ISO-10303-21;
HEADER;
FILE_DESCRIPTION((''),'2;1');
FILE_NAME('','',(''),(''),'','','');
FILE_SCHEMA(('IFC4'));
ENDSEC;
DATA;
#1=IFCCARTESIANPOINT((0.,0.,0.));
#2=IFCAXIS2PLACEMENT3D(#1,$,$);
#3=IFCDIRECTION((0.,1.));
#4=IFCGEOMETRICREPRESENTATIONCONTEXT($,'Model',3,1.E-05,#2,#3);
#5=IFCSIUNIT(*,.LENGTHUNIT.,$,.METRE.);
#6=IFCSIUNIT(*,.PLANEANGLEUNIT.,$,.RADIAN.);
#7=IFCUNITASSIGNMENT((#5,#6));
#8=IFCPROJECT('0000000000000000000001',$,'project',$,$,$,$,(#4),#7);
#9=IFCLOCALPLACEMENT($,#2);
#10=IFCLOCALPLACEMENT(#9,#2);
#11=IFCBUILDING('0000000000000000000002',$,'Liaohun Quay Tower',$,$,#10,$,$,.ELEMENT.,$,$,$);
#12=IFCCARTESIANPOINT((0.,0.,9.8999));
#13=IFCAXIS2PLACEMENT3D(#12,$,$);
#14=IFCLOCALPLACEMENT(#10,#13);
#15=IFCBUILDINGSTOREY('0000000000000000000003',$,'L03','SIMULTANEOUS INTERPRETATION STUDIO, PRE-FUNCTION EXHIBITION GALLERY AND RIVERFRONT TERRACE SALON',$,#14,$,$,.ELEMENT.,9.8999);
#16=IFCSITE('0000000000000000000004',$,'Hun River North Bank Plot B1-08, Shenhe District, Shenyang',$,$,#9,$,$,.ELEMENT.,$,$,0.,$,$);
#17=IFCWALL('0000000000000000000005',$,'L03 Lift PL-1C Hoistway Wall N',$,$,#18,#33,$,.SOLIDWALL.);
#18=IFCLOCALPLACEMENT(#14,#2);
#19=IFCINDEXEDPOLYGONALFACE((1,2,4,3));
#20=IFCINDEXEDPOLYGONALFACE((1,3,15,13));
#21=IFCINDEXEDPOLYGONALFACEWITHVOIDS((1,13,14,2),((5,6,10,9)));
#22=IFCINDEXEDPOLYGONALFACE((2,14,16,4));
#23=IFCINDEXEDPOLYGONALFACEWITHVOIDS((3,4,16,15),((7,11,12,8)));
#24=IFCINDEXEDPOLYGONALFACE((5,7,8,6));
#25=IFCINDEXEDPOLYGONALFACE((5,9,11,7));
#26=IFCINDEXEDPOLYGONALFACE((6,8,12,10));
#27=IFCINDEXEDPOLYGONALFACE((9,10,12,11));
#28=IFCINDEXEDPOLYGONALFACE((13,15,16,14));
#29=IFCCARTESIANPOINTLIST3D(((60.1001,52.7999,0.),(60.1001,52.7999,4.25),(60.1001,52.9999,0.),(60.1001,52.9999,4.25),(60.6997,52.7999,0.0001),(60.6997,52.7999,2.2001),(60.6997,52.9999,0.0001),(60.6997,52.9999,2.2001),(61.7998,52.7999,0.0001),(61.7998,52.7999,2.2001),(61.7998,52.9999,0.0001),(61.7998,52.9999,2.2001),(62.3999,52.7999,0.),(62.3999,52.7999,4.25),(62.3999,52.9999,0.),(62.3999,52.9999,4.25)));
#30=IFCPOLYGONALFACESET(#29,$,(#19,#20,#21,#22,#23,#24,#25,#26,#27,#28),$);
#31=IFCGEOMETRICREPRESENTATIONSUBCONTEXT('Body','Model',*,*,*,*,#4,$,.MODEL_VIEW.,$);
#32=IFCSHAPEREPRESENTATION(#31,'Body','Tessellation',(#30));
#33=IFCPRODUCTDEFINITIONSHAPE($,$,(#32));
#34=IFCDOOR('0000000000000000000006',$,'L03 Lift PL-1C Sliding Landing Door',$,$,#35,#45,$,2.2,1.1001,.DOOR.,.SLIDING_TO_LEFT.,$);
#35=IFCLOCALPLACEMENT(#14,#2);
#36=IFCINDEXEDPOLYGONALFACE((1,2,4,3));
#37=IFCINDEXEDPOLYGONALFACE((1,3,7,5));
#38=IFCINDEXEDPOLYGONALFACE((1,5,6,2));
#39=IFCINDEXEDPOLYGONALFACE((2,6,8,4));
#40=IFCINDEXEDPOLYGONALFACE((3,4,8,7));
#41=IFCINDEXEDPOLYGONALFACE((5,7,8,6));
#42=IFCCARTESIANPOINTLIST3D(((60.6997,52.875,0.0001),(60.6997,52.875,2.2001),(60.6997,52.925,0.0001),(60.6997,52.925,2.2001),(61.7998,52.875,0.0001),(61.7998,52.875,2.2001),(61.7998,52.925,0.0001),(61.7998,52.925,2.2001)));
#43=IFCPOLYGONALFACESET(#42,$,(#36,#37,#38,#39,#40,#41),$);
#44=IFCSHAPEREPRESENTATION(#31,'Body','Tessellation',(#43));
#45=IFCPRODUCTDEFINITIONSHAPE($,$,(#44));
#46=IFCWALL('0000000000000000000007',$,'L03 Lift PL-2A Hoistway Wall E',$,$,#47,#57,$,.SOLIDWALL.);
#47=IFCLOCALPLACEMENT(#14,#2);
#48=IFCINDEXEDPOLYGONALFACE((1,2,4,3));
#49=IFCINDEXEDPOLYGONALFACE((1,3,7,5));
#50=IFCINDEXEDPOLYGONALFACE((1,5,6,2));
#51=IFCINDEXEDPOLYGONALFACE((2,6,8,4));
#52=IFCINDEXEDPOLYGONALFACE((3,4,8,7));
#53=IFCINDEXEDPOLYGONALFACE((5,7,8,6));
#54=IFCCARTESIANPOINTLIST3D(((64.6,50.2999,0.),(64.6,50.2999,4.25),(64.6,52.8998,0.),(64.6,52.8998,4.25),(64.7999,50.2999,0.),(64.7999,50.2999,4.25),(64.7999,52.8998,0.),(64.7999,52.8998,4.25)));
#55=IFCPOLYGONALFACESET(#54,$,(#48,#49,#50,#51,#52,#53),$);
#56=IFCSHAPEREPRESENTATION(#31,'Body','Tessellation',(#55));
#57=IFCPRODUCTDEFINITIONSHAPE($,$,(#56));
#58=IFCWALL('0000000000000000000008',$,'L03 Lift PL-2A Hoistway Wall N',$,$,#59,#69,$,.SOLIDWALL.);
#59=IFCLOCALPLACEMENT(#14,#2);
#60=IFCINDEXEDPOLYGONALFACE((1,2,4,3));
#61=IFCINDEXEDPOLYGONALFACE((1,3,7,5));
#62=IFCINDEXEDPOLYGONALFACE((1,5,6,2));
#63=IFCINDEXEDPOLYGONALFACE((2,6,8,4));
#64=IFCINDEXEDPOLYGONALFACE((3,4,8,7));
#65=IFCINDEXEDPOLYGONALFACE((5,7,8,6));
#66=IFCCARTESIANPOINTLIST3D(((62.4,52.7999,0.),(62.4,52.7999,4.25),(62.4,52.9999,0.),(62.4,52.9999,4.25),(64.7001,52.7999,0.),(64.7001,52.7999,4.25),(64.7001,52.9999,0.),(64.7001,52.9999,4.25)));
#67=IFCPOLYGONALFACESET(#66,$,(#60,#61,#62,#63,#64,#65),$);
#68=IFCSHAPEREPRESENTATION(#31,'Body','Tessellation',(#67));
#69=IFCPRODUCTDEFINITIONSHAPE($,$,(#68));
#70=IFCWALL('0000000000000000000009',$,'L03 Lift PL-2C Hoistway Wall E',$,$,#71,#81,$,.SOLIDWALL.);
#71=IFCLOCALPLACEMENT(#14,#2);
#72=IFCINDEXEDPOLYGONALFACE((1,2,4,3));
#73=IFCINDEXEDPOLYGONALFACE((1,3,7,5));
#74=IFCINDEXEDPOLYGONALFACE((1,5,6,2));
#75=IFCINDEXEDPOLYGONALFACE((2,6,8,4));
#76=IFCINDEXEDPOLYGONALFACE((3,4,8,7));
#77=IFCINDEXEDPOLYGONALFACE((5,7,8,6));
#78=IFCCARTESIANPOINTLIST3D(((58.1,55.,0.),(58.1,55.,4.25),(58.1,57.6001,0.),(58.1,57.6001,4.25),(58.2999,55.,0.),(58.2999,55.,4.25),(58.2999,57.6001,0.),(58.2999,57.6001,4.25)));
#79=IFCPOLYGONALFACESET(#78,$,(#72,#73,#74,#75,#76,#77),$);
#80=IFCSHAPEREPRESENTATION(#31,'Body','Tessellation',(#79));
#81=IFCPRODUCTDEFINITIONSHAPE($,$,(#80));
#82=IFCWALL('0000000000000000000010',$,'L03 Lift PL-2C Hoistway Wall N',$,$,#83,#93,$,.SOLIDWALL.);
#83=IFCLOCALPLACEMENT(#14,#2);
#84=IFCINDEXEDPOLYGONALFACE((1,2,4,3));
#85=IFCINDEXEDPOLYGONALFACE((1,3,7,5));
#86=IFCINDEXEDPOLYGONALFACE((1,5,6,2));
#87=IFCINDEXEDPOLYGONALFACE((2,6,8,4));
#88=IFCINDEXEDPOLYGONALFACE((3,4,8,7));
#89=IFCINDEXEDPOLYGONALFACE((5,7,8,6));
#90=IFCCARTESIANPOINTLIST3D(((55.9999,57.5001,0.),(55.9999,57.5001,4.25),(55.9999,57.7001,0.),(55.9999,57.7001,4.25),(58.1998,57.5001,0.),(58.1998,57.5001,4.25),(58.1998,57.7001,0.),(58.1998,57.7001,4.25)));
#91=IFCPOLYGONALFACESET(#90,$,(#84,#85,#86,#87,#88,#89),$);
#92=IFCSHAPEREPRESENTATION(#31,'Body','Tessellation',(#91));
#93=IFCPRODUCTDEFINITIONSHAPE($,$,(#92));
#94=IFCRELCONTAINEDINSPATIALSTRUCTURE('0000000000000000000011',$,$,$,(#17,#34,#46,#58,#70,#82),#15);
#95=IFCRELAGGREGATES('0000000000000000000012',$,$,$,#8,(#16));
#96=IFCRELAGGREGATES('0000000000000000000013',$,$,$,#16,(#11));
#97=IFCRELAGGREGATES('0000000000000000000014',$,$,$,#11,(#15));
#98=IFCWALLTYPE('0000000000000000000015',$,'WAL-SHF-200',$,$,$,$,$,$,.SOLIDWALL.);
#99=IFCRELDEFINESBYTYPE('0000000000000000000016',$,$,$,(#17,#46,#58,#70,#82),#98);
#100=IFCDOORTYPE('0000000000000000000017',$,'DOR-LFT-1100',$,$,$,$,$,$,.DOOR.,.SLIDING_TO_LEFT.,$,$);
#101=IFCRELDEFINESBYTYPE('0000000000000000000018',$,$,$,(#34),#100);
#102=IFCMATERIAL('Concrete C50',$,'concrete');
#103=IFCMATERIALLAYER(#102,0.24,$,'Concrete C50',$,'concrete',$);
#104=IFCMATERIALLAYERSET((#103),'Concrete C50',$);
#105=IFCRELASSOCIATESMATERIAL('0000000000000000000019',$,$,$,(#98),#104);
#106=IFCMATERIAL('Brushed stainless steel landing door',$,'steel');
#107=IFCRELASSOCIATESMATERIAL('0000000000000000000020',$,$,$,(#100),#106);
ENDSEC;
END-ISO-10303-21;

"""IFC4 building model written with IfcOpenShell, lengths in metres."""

from ifc_helpers import new_model, si_unit, direction, frame, frame_2d, origin, place, context, subcontext, project, spatial, rectangle, extrude, source, transform, mapped, material, layer, layer_set, type_object, element, fill, save


model = new_model("IFC4")

# Units and contexts
model_context = context("Model", 3, precision=1e-05, world=origin(), true_north=direction((0.0, 1.0)))
body_context = subcontext(model_context, "Body", "Model", "MODEL_VIEW")
ifc_project = project(units=[si_unit("LENGTHUNIT", "METRE"), si_unit("PLANEANGLEUNIT", "RADIAN")], contexts=[model_context])

# Site, building, storey
site_placement = place(None, origin())
site = spatial("IfcSite", under=ifc_project, at=site_placement, Name="Hun River North Bank Plot B1-08, Shenhe District, Shenyang", CompositionType="ELEMENT", RefElevation=0.0)
building_placement = place(site_placement, origin())
building = spatial("IfcBuilding", under=site, at=building_placement, Name="Liaohun Quay Tower", CompositionType="ELEMENT")
storey_placement = place(building_placement, frame((0.0, 0.0, 9.8999)))
storey = spatial("IfcBuildingStorey", under=building, at=storey_placement, Name="L03", Description="SIMULTANEOUS INTERPRETATION STUDIO, PRE-FUNCTION EXHIBITION GALLERY AND RIVERFRONT TERRACE SALON", CompositionType="ELEMENT", Elevation=9.8999)

# Shared definitions
ifc_material_1 = material(Name="Concrete C50", Category="concrete")
ifc_layer_1 = layer(ifc_material_1, 0.24, Name="Concrete C50", Category="concrete")
ifc_layer_set_1 = layer_set([ifc_layer_1], Name="Concrete C50")
wall_type_1 = type_object("IfcWallType", Name="WAL-SHF-200", PredefinedType="SOLIDWALL", material=ifc_layer_set_1)

# Shared definitions
shared_shape_1 = source(origin(), body_context, "Body", "SweptSolid", [
    extrude(rectangle(XDim=1.1001, YDim=2.2, at=frame_2d((0.55, 1.1001))), frame((0.0, 0.1099, 0.0), z_axis=(0.0, -1.0, 0.0), x_axis=(1.0, 0.0, 0.0)), (0.0, 0.0, 1.0), 0.22),
])
ifc_material_2 = material(Name="Brushed stainless steel landing door", Category="steel")
door_type_1 = type_object("IfcDoorType", Name="DOR-LFT-1100", OperationType="SLIDING_TO_LEFT", PredefinedType="DOOR", material=ifc_material_2)
shared_shape_2 = source(origin(), body_context, "Body", "SweptSolid", [
    extrude(rectangle(XDim=1.1001, YDim=2.2, at=frame_2d((0.55, 1.1001))), frame((0.0, 0.0249, 0.0), z_axis=(0.0, -1.0, 0.0), x_axis=(1.0, 0.0, 0.0)), (0.0, 0.0, 1.0), 0.05),
])

# Wall, opening, door
wall_1_placement = place(storey_placement, frame((62.3999, 52.8999, 0.0), z_axis=(0.0, 0.0, 1.0), x_axis=(-1.0, 0.0, 0.0)))
wall_1 = element("IfcWall", 1, at=wall_1_placement, inside=storey, type_object=wall_type_1, Name="L03 Lift PL-1C Hoistway Wall N", PredefinedType="SOLIDWALL", context=body_context, shape_type="SweptSolid", body=[
    extrude(rectangle(XDim=2.2998, YDim=0.2, at=frame_2d((1.1499, 0.0))), origin(), (0.0, 0.0, 1.0), 4.25),
])
opening_1_placement = place(wall_1_placement, frame((0.6001, 0.0, 0.0)))
opening_1 = element("IfcOpeningElement", 2, at=opening_1_placement, cuts=wall_1, PredefinedType="OPENING", context=body_context, shape_type="MappedRepresentation", body=[
    mapped(shared_shape_1, transform((0.0, 0.0, 0.0), x_axis=(1.0, 0.0, 0.0), y_axis=(0.0, 1.0, 0.0), z_axis=(0.0, 0.0, 1.0), scale=1.0)),
])
door_1_placement = place(opening_1_placement, origin())
door_1 = element("IfcDoor", 3, at=door_1_placement, inside=storey, type_object=door_type_1, Name="L03 Lift PL-1C Sliding Landing Door", OperationType="SLIDING_TO_LEFT", OverallHeight=2.2, OverallWidth=1.1001, PredefinedType="DOOR", context=body_context, shape_type="MappedRepresentation", body=[
    mapped(shared_shape_2, transform((0.0, 0.0, 0.0), x_axis=(1.0, 0.0, 0.0), y_axis=(0.0, 1.0, 0.0), z_axis=(0.0, 0.0, 1.0), scale=1.0)),
])
fill(opening_1, door_1)

# Walls
wall_2_placement = place(storey_placement, frame((64.7, 50.3, 0.0), z_axis=(0.0, 0.0, 1.0), x_axis=(0.0, 1.0, 0.0)))
element("IfcWall", 4, at=wall_2_placement, inside=storey, type_object=wall_type_1, Name="L03 Lift PL-2A Hoistway Wall E", PredefinedType="SOLIDWALL", context=body_context, shape_type="SweptSolid", body=[
    extrude(rectangle(XDim=2.5999, YDim=0.2, at=frame_2d((1.2998, 0.0))), origin(), (0.0, 0.0, 1.0), 4.25),
])
wall_3_placement = place(storey_placement, frame((64.7, 52.8999, 0.0), z_axis=(0.0, 0.0, 1.0), x_axis=(-1.0, 0.0, 0.0)))
element("IfcWall", 5, at=wall_3_placement, inside=storey, type_object=wall_type_1, Name="L03 Lift PL-2A Hoistway Wall N", PredefinedType="SOLIDWALL", context=body_context, shape_type="SweptSolid", body=[
    extrude(rectangle(XDim=2.3, YDim=0.2, at=frame_2d((1.1499, 0.0))), origin(), (0.0, 0.0, 1.0), 4.25),
])
wall_4_placement = place(storey_placement, frame((58.2, 55.0, 0.0), z_axis=(0.0, 0.0, 1.0), x_axis=(0.0, 1.0, 0.0)))
element("IfcWall", 6, at=wall_4_placement, inside=storey, type_object=wall_type_1, Name="L03 Lift PL-2C Hoistway Wall E", PredefinedType="SOLIDWALL", context=body_context, shape_type="SweptSolid", body=[
    extrude(rectangle(XDim=2.6001, YDim=0.2, at=frame_2d((1.3, 0.0))), origin(), (0.0, 0.0, 1.0), 4.25),
])
wall_5_placement = place(storey_placement, frame((58.2, 57.6001, 0.0), z_axis=(0.0, 0.0, 1.0), x_axis=(-1.0, 0.0, 0.0)))
element("IfcWall", 7, at=wall_5_placement, inside=storey, type_object=wall_type_1, Name="L03 Lift PL-2C Hoistway Wall N", PredefinedType="SOLIDWALL", context=body_context, shape_type="SweptSolid", body=[
    extrude(rectangle(XDim=2.2, YDim=0.2, at=frame_2d((1.1001, 0.0))), origin(), (0.0, 0.0, 1.0), 4.25),
])

save(model, "model.ifc")
